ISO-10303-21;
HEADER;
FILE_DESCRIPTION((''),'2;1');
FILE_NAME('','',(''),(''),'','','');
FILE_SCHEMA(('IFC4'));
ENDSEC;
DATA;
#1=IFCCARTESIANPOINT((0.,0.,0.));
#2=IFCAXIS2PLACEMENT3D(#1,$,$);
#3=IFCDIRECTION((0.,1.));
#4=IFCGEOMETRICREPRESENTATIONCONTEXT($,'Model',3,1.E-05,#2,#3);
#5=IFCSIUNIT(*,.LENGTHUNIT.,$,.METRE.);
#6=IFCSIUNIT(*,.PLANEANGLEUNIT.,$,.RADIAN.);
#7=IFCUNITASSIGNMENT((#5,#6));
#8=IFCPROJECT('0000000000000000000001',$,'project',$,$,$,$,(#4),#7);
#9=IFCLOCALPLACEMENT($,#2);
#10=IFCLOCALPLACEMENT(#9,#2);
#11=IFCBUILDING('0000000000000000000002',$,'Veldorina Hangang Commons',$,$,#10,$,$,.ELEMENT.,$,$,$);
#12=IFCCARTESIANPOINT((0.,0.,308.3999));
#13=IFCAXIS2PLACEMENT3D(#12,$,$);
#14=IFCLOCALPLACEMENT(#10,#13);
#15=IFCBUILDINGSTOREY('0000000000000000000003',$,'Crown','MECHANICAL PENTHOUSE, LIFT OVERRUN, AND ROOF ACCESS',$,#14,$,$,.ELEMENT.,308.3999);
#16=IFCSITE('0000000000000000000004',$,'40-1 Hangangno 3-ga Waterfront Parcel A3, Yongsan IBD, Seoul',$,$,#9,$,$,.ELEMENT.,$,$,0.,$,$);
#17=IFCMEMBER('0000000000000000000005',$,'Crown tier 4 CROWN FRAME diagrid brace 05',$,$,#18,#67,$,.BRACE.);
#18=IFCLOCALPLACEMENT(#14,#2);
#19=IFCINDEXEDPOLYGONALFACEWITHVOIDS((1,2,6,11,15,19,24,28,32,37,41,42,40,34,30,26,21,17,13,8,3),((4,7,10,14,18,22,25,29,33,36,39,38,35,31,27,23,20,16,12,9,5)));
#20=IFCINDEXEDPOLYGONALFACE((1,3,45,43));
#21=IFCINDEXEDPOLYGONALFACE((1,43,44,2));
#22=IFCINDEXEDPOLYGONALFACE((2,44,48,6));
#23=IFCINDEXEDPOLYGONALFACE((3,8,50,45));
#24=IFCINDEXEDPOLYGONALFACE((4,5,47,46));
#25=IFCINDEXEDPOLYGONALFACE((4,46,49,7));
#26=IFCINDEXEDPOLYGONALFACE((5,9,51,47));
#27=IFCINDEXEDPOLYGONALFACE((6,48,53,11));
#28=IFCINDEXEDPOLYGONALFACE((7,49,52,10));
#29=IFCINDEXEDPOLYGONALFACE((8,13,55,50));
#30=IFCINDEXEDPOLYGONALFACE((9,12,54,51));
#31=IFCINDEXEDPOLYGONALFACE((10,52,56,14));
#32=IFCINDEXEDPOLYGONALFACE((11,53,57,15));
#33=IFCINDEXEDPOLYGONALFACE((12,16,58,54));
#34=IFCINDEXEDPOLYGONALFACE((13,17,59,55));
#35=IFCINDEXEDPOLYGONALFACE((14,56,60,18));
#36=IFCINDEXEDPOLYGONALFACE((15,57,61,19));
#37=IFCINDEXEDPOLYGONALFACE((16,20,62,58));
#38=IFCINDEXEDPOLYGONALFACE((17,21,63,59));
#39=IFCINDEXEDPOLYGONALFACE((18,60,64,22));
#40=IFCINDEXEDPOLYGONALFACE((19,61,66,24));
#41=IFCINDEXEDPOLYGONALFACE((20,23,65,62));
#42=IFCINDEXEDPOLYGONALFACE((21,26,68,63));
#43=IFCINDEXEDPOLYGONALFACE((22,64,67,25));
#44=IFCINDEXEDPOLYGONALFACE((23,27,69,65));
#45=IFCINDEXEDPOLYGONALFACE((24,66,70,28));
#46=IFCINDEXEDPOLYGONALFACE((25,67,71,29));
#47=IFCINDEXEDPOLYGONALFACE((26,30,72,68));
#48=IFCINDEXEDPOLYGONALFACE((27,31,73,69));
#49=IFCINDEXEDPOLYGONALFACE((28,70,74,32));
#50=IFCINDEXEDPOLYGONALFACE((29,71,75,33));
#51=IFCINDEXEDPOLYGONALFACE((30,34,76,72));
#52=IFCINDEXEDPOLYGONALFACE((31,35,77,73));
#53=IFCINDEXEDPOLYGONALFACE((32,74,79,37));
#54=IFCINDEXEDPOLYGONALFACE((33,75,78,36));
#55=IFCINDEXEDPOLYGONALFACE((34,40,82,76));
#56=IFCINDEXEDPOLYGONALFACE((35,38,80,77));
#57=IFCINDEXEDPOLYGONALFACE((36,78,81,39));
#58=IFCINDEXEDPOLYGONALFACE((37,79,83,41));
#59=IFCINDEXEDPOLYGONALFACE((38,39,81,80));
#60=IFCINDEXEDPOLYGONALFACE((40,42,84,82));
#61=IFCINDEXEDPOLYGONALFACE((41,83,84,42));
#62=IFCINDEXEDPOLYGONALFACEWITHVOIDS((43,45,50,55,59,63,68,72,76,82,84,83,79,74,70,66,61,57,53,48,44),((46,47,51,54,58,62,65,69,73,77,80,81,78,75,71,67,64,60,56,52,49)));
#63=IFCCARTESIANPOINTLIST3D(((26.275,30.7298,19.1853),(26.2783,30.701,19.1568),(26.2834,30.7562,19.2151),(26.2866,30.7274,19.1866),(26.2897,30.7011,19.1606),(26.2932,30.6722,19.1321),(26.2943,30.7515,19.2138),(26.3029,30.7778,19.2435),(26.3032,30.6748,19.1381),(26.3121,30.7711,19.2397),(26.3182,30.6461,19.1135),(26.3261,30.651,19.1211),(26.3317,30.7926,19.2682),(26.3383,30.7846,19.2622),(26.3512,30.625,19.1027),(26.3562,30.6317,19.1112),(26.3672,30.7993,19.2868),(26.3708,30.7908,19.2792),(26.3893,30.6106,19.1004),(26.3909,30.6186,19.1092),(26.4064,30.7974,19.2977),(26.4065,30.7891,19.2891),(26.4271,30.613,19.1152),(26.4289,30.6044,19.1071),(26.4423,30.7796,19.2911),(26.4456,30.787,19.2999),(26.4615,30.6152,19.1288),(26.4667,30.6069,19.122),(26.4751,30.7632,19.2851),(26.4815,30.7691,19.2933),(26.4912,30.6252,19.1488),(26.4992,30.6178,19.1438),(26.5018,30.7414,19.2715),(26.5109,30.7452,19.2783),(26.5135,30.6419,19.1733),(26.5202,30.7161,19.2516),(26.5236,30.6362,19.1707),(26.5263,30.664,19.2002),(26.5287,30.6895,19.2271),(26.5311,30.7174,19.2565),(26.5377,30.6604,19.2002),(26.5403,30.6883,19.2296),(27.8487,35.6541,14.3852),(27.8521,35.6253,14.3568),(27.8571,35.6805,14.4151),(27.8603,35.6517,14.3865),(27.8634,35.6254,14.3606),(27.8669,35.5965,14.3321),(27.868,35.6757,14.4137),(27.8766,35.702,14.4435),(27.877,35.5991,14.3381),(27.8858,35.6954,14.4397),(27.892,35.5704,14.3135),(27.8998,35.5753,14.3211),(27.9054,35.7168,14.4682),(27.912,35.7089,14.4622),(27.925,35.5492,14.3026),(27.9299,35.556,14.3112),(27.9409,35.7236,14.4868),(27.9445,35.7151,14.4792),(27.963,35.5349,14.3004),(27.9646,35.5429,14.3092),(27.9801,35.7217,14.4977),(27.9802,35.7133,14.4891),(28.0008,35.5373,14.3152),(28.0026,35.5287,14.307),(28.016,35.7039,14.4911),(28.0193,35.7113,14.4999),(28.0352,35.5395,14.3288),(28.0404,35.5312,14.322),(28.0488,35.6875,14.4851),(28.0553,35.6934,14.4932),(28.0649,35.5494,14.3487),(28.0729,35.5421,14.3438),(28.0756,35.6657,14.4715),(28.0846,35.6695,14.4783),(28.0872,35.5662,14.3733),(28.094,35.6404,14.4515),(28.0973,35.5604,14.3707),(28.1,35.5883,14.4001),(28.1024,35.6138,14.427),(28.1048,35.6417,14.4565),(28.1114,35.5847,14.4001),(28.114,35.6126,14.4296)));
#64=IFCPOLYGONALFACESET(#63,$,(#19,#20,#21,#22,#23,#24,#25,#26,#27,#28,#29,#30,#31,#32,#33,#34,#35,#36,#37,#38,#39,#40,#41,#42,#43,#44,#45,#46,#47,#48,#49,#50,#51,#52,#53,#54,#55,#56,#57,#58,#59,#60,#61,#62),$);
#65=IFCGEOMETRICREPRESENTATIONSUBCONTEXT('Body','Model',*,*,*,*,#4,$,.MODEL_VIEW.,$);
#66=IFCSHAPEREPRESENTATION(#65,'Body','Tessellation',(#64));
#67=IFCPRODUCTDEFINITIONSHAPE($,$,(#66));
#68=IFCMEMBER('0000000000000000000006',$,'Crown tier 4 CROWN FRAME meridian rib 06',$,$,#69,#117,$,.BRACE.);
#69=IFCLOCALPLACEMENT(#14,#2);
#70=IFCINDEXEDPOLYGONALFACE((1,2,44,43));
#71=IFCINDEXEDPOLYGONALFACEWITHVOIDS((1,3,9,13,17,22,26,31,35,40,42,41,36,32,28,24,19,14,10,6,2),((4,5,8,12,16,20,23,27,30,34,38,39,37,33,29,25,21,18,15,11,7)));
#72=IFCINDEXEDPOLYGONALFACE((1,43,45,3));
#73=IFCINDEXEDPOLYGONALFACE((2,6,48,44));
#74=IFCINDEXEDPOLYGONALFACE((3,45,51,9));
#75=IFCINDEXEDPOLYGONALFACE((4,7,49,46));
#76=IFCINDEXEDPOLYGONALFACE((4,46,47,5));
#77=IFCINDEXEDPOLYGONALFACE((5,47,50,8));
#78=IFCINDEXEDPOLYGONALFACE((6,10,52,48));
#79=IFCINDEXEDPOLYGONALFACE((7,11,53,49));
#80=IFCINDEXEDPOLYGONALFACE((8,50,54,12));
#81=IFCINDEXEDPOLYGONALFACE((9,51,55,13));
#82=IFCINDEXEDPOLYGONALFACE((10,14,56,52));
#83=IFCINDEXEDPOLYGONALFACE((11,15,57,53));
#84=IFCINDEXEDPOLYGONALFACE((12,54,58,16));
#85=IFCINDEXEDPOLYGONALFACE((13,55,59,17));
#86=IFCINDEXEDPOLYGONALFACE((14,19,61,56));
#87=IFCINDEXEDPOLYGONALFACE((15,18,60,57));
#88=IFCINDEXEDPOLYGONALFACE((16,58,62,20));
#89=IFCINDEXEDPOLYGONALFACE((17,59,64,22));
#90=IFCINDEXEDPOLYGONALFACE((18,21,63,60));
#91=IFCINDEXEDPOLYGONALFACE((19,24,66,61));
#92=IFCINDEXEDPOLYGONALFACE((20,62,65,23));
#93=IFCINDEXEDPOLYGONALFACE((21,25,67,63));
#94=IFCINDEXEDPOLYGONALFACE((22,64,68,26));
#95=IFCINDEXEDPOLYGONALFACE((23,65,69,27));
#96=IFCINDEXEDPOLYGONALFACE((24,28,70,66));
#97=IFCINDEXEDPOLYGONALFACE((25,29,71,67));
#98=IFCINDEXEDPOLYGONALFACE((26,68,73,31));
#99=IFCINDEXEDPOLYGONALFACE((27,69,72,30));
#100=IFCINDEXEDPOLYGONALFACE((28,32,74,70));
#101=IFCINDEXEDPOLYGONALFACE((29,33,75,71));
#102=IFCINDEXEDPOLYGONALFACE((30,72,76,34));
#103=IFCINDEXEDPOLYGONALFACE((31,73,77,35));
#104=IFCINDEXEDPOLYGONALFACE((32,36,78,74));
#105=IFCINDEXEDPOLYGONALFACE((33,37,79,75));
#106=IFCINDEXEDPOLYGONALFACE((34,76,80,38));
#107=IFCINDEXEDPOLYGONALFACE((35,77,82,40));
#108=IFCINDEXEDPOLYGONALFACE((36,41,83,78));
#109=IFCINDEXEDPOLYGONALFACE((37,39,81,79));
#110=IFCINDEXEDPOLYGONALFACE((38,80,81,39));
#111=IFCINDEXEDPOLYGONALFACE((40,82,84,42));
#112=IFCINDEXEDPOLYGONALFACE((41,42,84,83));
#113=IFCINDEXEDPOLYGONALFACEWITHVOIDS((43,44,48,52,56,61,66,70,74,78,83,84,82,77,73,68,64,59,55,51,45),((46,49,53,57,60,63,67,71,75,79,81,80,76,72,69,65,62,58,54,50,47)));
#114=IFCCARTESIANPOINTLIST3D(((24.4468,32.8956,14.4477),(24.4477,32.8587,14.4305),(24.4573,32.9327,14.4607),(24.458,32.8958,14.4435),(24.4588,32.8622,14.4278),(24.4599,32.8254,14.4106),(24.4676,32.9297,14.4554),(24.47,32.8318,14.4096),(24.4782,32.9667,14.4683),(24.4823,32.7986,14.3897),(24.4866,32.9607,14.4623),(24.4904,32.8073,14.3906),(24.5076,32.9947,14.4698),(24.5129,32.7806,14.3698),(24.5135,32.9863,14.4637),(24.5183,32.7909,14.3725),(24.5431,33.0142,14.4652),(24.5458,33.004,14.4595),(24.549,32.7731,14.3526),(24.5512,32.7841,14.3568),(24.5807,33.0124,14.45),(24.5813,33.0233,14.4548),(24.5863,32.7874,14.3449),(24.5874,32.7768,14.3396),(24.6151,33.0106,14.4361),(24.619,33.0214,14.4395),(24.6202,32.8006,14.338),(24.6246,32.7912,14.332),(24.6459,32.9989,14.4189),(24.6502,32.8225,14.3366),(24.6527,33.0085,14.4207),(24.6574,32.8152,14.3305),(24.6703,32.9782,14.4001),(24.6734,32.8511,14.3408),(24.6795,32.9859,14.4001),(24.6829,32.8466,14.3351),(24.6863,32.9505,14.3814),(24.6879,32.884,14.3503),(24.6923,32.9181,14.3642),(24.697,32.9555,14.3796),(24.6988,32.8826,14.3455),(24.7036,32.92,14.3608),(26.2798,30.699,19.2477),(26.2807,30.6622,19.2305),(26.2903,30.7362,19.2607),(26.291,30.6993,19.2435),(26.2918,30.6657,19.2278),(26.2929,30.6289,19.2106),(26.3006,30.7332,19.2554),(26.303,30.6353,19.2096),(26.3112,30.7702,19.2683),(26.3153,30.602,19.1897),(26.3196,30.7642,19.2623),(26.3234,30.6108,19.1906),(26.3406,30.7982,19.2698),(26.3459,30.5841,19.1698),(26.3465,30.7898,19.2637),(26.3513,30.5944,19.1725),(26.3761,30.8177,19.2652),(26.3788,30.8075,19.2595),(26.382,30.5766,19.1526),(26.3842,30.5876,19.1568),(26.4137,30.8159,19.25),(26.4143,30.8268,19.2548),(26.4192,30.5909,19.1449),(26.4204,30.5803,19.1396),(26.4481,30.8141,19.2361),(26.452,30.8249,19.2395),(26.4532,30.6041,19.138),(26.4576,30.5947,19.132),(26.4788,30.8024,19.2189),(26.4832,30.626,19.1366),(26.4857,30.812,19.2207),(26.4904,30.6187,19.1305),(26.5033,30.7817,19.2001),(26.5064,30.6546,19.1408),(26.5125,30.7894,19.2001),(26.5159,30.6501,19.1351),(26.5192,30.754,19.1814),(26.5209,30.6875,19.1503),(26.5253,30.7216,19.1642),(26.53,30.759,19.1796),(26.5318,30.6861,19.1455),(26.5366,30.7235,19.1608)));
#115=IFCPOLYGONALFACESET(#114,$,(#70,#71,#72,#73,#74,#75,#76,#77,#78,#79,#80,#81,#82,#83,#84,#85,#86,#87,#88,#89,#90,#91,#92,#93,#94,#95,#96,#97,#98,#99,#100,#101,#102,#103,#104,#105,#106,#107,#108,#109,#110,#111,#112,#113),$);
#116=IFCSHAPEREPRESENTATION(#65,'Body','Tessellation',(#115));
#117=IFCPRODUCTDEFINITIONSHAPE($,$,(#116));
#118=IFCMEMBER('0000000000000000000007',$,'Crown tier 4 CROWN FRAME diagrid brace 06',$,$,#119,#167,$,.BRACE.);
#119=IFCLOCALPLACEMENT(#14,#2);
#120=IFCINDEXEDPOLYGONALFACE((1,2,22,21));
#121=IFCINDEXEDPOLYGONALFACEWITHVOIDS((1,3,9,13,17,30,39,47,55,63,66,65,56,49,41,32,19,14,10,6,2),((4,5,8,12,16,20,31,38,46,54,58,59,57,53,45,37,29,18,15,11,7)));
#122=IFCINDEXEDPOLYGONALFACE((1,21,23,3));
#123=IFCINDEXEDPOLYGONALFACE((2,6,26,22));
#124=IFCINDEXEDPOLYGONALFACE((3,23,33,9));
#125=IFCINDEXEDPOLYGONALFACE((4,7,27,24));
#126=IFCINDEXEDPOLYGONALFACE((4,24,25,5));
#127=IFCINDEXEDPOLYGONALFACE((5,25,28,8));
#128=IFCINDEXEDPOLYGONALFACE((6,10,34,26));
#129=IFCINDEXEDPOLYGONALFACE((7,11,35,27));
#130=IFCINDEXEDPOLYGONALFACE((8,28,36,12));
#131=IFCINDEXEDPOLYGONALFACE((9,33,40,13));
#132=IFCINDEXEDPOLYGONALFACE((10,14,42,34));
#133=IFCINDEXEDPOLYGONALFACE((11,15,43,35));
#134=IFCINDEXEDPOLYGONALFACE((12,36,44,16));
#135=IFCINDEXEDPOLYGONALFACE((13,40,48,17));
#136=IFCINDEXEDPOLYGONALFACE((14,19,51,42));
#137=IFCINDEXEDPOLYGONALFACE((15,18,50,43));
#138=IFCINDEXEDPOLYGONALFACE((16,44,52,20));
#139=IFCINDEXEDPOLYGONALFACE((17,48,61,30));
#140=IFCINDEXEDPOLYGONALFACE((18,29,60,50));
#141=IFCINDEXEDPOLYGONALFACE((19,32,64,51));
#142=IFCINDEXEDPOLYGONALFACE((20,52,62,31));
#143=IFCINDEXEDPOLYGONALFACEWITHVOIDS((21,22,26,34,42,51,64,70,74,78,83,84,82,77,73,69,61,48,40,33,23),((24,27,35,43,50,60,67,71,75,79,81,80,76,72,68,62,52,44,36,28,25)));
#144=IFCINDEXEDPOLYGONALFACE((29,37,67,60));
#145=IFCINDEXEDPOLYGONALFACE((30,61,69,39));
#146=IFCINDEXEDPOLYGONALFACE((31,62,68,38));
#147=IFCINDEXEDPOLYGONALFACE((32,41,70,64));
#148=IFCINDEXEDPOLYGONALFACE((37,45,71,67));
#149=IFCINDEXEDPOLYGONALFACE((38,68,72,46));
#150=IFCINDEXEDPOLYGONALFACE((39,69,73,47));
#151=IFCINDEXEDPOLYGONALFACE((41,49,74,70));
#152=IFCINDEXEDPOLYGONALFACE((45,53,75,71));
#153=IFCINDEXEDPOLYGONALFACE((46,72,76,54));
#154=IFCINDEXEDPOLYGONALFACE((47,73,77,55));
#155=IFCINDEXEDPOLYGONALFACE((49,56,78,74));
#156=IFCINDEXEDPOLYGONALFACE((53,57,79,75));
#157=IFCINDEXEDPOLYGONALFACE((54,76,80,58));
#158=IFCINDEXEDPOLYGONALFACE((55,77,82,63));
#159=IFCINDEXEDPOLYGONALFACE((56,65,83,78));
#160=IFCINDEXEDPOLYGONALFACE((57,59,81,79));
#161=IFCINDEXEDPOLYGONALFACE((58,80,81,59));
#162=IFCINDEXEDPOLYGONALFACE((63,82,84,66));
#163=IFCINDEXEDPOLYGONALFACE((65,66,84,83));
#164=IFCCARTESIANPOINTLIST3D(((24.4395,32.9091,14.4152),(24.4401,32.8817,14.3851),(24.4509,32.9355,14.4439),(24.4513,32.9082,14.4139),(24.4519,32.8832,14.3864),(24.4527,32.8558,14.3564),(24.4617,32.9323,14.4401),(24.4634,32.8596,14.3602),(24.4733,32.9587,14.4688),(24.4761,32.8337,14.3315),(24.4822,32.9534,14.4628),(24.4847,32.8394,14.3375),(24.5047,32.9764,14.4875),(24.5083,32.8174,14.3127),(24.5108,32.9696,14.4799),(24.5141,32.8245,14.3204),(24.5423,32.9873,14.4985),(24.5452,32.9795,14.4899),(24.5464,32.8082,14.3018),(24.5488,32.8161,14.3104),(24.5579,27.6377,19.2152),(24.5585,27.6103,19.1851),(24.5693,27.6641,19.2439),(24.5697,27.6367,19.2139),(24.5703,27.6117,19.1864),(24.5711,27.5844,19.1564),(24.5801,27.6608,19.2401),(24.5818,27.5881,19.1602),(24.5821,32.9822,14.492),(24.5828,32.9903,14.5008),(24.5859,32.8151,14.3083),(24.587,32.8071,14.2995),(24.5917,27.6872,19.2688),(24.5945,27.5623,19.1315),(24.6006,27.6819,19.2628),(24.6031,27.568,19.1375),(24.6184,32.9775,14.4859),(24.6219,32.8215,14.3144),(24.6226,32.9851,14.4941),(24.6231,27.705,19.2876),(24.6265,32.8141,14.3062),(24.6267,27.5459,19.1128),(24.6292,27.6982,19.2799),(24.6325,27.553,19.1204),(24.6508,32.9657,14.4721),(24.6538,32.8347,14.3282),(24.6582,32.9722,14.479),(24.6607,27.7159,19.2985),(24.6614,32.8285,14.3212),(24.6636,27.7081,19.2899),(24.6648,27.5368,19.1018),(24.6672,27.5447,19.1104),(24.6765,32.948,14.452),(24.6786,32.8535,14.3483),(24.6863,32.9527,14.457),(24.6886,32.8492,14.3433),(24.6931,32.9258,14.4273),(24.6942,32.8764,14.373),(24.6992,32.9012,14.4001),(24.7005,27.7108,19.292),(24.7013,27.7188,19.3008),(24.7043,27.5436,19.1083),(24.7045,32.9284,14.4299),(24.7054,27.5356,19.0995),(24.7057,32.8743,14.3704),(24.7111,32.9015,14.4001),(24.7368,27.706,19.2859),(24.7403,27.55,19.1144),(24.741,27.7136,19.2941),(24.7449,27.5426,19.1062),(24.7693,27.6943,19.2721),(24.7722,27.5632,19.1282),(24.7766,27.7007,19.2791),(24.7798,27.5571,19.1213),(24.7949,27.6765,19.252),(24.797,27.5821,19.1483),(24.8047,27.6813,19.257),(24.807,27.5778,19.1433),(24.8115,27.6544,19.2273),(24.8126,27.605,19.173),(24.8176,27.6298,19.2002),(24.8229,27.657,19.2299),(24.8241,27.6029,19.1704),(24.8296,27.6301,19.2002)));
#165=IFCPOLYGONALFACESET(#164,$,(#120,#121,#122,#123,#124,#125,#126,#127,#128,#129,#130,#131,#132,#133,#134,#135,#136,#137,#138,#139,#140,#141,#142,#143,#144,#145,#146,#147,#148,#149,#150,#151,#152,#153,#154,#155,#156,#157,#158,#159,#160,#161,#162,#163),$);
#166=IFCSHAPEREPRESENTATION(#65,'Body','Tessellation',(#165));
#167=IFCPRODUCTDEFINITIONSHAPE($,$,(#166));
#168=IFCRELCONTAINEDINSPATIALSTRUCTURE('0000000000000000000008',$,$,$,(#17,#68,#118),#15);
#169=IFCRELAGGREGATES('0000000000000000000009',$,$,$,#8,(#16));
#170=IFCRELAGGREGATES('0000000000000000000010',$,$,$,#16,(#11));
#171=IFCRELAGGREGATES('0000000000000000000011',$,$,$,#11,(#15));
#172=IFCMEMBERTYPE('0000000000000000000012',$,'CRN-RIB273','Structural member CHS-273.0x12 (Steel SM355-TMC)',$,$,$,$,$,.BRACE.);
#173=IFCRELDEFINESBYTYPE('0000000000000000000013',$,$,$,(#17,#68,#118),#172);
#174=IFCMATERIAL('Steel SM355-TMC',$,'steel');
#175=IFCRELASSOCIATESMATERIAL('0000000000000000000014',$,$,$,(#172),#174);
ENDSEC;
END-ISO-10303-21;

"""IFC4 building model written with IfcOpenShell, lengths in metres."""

from ifc_helpers import new_model, si_unit, direction, frame, origin, origin_2d, place, context, subcontext, project, spatial, hollow_circle, extrude, material, material_profile, profile_set, type_object, element, save


model = new_model("IFC4")

# Units and contexts
model_context = context("Model", 3, precision=1e-05, world=origin(), true_north=direction((0.0, 1.0)))
body_context = subcontext(model_context, "Body", "Model", "MODEL_VIEW")
ifc_project = project(units=[si_unit("LENGTHUNIT", "METRE"), si_unit("PLANEANGLEUNIT", "RADIAN")], contexts=[model_context])

# Site, building, storey
site_placement = place(None, origin())
site = spatial("IfcSite", under=ifc_project, at=site_placement, Name="40-1 Hangangno 3-ga Waterfront Parcel A3, Yongsan IBD, Seoul", CompositionType="ELEMENT", RefElevation=0.0)
building_placement = place(site_placement, origin())
building = spatial("IfcBuilding", under=site, at=building_placement, Name="Veldorina Hangang Commons", CompositionType="ELEMENT")
storey_placement = place(building_placement, frame((0.0, 0.0, 308.3999)))
storey = spatial("IfcBuildingStorey", under=building, at=storey_placement, Name="Crown", Description="MECHANICAL PENTHOUSE, LIFT OVERRUN, AND ROOF ACCESS", CompositionType="ELEMENT", Elevation=308.3999)

# Members
ifc_material_1 = material(Name="Steel SM355-TMC", Category="steel")
ifc_material_profile_1 = material_profile(ifc_material_1, hollow_circle(Radius=0.1365, WallThickness=0.012, at=origin_2d()), Name="CHS-273.0x12")
ifc_profile_set_1 = profile_set([ifc_material_profile_1], Name="Steel SM355-TMC")
member_type_1 = type_object("IfcMemberType", Name="CRN-RIB273", Description="Structural member CHS-273.0x12 (Steel SM355-TMC)", PredefinedType="BRACE", material=ifc_profile_set_1)
member_1_placement = place(storey_placement, frame((27.9814, 35.6262, 14.4001), z_axis=(-0.223082, -0.698039, 0.680424), x_axis=(0.952539, -0.304416, 0.0)))
element("IfcMember", 1, at=member_1_placement, inside=storey, type_object=member_type_1, Name="Crown tier 4 CROWN FRAME diagrid brace 05", PredefinedType="BRACE", context=body_context, shape_type="SweptSolid", body=[
    extrude(hollow_circle(Radius=0.1365, WallThickness=0.012, at=origin_2d()), origin(), (0.0, 0.0, 1.0), 7.0544),
])
member_2_placement = place(storey_placement, frame((24.5747, 32.8984, 14.4001), z_axis=(0.328029, -0.393084, 0.859001), x_axis=(0.76778, 0.640713, 0.0)))
element("IfcMember", 2, at=member_2_placement, inside=storey, type_object=member_type_1, Name="Crown tier 4 CROWN FRAME meridian rib 06", PredefinedType="BRACE", context=body_context, shape_type="SweptSolid", body=[
    extrude(hollow_circle(Radius=0.1365, WallThickness=0.012, at=origin_2d()), origin(), (0.0, 0.0, 1.0), 5.5879),
])
member_3_placement = place(storey_placement, frame((24.5747, 32.8984, 14.4001), z_axis=(0.016606, -0.739294, 0.673178), x_axis=(0.999748, 0.022456, 0.0)))
element("IfcMember", 3, at=member_3_placement, inside=storey, type_object=member_type_1, Name="Crown tier 4 CROWN FRAME diagrid brace 06", PredefinedType="BRACE", context=body_context, shape_type="SweptSolid", body=[
    extrude(hollow_circle(Radius=0.1365, WallThickness=0.012, at=origin_2d()), origin(), (0.0, 0.0, 1.0), 7.1304),
])

save(model, "model.ifc")
